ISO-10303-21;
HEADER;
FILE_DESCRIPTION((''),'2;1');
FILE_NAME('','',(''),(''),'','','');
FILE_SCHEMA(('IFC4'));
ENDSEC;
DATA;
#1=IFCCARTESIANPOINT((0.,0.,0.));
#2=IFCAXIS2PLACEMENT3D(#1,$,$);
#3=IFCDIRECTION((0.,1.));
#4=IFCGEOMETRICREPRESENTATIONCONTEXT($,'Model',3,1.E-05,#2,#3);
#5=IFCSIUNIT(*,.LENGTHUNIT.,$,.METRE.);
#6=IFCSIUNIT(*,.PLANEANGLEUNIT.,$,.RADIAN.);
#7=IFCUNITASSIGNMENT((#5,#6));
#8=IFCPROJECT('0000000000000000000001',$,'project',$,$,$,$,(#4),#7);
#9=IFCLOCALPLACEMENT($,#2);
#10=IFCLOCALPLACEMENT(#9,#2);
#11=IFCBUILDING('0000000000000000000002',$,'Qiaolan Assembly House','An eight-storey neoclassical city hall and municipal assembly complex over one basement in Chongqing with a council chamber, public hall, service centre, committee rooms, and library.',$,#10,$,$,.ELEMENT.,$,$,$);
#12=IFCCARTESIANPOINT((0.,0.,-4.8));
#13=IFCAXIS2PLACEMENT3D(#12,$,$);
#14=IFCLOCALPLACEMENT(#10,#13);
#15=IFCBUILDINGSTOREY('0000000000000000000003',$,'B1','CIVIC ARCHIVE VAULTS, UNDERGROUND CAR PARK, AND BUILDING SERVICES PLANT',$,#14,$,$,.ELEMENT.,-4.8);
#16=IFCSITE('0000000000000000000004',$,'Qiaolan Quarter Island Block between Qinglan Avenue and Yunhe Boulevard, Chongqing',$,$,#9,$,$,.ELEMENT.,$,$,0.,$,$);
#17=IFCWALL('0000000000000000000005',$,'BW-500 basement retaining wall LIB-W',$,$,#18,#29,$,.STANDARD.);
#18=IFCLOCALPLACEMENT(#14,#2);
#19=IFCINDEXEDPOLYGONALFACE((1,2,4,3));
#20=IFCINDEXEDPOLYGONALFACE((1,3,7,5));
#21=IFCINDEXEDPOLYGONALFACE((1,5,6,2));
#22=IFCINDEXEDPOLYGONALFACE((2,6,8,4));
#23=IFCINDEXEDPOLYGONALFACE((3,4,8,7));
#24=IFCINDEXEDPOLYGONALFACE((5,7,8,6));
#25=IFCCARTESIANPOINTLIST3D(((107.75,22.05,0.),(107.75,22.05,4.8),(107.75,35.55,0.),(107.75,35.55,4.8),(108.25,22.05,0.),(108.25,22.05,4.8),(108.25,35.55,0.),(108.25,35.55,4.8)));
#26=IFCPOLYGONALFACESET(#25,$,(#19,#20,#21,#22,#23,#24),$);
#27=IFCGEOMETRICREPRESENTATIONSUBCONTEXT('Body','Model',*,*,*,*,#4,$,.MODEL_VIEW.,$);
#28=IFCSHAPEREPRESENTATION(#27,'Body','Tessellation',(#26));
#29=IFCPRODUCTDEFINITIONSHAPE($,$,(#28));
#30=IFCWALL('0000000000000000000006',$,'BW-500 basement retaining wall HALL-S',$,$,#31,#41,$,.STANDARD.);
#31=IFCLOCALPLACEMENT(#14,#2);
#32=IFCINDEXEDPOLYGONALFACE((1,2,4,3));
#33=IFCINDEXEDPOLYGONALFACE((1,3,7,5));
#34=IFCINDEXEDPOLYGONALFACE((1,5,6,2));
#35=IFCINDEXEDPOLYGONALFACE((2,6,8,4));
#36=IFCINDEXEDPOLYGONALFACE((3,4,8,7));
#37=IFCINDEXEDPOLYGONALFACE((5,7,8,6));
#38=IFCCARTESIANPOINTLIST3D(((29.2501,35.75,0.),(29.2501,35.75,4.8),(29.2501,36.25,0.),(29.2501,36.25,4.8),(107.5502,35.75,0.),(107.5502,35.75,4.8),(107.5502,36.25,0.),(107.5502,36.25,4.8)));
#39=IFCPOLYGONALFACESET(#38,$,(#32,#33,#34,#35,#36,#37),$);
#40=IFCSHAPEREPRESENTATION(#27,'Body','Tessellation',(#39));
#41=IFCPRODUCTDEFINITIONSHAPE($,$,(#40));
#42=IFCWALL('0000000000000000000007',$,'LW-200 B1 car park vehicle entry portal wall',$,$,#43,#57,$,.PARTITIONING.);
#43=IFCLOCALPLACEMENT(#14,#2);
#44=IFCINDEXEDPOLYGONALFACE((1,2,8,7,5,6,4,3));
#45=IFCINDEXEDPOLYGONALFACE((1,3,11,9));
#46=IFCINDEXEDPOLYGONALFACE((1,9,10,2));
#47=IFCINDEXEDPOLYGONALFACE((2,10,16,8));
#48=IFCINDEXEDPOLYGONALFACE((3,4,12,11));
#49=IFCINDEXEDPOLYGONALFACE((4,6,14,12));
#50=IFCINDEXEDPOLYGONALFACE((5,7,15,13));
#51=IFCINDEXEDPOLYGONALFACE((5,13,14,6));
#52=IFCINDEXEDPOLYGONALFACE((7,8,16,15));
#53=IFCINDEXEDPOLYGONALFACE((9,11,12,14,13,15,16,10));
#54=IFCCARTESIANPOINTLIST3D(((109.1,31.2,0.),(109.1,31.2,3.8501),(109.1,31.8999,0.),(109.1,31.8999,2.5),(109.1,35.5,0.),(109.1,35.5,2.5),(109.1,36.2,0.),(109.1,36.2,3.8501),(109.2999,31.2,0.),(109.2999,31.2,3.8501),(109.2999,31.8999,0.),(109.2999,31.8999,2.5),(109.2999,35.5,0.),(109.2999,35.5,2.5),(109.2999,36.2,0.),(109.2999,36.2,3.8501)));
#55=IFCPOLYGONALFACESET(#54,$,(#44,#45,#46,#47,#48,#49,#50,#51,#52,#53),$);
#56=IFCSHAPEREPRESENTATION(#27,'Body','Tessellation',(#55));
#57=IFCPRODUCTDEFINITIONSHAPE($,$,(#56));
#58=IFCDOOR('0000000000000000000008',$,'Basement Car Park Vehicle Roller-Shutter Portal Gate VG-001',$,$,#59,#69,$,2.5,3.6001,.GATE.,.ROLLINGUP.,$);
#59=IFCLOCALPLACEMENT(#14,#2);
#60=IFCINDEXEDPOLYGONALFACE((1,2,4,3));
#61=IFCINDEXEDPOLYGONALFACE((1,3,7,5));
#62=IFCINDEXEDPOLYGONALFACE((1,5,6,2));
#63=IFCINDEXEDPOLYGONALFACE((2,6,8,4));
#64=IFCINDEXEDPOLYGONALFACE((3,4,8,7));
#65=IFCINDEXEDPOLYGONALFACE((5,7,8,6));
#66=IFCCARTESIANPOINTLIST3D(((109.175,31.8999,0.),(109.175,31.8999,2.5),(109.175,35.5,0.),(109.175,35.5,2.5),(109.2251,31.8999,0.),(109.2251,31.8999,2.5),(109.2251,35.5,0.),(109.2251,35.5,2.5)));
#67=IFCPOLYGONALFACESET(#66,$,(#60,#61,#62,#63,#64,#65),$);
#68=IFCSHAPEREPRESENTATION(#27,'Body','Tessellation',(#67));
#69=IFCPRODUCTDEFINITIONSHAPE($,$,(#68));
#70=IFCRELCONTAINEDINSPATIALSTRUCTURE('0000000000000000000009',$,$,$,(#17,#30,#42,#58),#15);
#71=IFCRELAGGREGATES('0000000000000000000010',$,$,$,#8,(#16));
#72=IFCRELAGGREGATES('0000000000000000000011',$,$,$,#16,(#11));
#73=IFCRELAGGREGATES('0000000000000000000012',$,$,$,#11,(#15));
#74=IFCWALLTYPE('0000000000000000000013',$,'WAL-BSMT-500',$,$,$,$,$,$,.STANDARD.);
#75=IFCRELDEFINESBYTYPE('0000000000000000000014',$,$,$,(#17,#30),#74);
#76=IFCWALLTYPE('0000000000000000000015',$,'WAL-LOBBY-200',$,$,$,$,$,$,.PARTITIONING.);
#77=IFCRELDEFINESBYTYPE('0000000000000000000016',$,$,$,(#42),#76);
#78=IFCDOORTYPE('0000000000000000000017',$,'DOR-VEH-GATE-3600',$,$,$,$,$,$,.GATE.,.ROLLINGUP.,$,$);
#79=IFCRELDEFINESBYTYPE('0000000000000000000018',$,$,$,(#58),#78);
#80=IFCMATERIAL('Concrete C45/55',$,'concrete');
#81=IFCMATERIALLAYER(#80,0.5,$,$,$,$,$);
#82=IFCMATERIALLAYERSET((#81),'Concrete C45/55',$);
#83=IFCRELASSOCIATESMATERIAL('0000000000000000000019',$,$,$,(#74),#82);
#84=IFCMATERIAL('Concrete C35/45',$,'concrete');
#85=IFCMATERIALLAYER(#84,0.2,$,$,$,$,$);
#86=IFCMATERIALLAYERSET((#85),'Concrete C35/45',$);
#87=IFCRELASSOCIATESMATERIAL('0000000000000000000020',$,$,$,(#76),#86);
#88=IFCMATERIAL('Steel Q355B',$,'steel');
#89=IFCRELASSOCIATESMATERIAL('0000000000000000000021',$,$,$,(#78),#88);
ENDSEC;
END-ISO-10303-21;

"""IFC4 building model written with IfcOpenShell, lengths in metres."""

from ifc_helpers import new_model, si_unit, direction, frame, frame_2d, origin, place, context, subcontext, project, spatial, rectangle, extrude, material, layer, layer_set, type_object, element, fill, save


model = new_model("IFC4")

# Units and contexts
model_context = context("Model", 3, precision=1e-05, world=origin(), true_north=direction((0.0, 1.0)))
body_context = subcontext(model_context, "Body", "Model", "MODEL_VIEW")
ifc_project = project(units=[si_unit("LENGTHUNIT", "METRE"), si_unit("PLANEANGLEUNIT", "RADIAN")], contexts=[model_context])

# Site, building, storey
site_placement = place(None, origin())
site = spatial("IfcSite", under=ifc_project, at=site_placement, Name="Qiaolan Quarter Island Block between Qinglan Avenue and Yunhe Boulevard, Chongqing", CompositionType="ELEMENT", RefElevation=0.0)
building_placement = place(site_placement, origin())
building = spatial("IfcBuilding", under=site, at=building_placement, Name="Qiaolan Assembly House", Description="An eight-storey neoclassical city hall and municipal assembly complex over one basement in Chongqing with a council chamber, public hall, service centre, committee rooms, and library.", CompositionType="ELEMENT")
storey_placement = place(building_placement, frame((0.0, 0.0, -4.8)))
storey = spatial("IfcBuildingStorey", under=building, at=storey_placement, Name="B1", Description="CIVIC ARCHIVE VAULTS, UNDERGROUND CAR PARK, AND BUILDING SERVICES PLANT", CompositionType="ELEMENT", Elevation=-4.8)

# Shared definitions
ifc_material_1 = material(Name="Concrete C45/55", Category="concrete")

# Walls
ifc_layer_1 = layer(ifc_material_1, 0.5)
ifc_layer_set_1 = layer_set([ifc_layer_1], Name="Concrete C45/55")
wall_type_1 = type_object("IfcWallType", Name="WAL-BSMT-500", PredefinedType="STANDARD", material=ifc_layer_set_1)
wall_1_placement = place(storey_placement, frame((108.0, 22.05, 0.0), z_axis=(0.0, 0.0, 1.0), x_axis=(0.0, 1.0, 0.0)))
element("IfcWall", 1, at=wall_1_placement, inside=storey, type_object=wall_type_1, Name="BW-500 basement retaining wall LIB-W", PredefinedType="STANDARD", context=body_context, shape_type="SweptSolid", body=[
    extrude(rectangle(XDim=13.5, YDim=0.5, at=frame_2d((6.75, 0.0))), origin(), (0.0, 0.0, 1.0), 4.8),
])
wall_2_placement = place(storey_placement, frame((107.55, 36.0, 0.0), z_axis=(0.0, 0.0, 1.0), x_axis=(-1.0, 0.0, 0.0)))
element("IfcWall", 2, at=wall_2_placement, inside=storey, type_object=wall_type_1, Name="BW-500 basement retaining wall HALL-S", PredefinedType="STANDARD", context=body_context, shape_type="SweptSolid", body=[
    extrude(rectangle(XDim=78.3, YDim=0.5, at=frame_2d((39.1499, 0.0))), origin(), (0.0, 0.0, 1.0), 4.8),
])

# Wall, opening, door
ifc_material_2 = material(Name="Concrete C35/45", Category="concrete")
ifc_layer_2 = layer(ifc_material_2, 0.2)
ifc_layer_set_2 = layer_set([ifc_layer_2], Name="Concrete C35/45")
wall_type_2 = type_object("IfcWallType", Name="WAL-LOBBY-200", PredefinedType="PARTITIONING", material=ifc_layer_set_2)
wall_3_placement = place(storey_placement, frame((109.2, 31.2, 0.0), z_axis=(0.0, 0.0, 1.0), x_axis=(0.0, 1.0, 0.0)))
wall_3 = element("IfcWall", 3, at=wall_3_placement, inside=storey, type_object=wall_type_2, Name="LW-200 B1 car park vehicle entry portal wall", PredefinedType="PARTITIONING", context=body_context, shape_type="SweptSolid", body=[
    extrude(rectangle(XDim=5.0, YDim=0.2, at=frame_2d((2.5, 0.0))), origin(), (0.0, 0.0, 1.0), 3.8501),
])
opening_placement = place(wall_3_placement, frame((0.7, 0.0, 0.0)))
opening = element("IfcOpeningElement", 4, at=opening_placement, cuts=wall_3, PredefinedType="OPENING", context=body_context, shape_type="SweptSolid", body=[
    extrude(rectangle(XDim=3.6001, YDim=2.5, at=frame_2d((1.8, 1.25))), frame((0.0, 0.1099, 0.0), z_axis=(0.0, -1.0, 0.0), x_axis=(1.0, 0.0, 0.0)), (0.0, 0.0, 1.0), 0.22),
])
ifc_material_3 = material(Name="Steel Q355B", Category="steel")
door_type = type_object("IfcDoorType", Name="DOR-VEH-GATE-3600", OperationType="ROLLINGUP", PredefinedType="GATE", material=ifc_material_3)
door_placement = place(opening_placement, origin())
door = element("IfcDoor", 5, at=door_placement, inside=storey, type_object=door_type, Name="Basement Car Park Vehicle Roller-Shutter Portal Gate VG-001", OperationType="ROLLINGUP", OverallHeight=2.5, OverallWidth=3.6001, PredefinedType="GATE", context=body_context, shape_type="SweptSolid", body=[
    extrude(rectangle(XDim=3.6001, YDim=2.5, at=frame_2d((1.8, 1.25))), frame((0.0, 0.0249, 0.0), z_axis=(0.0, -1.0, 0.0), x_axis=(1.0, 0.0, 0.0)), (0.0, 0.0, 1.0), 0.05),
])
fill(opening, door)

save(model, "model.ifc")
